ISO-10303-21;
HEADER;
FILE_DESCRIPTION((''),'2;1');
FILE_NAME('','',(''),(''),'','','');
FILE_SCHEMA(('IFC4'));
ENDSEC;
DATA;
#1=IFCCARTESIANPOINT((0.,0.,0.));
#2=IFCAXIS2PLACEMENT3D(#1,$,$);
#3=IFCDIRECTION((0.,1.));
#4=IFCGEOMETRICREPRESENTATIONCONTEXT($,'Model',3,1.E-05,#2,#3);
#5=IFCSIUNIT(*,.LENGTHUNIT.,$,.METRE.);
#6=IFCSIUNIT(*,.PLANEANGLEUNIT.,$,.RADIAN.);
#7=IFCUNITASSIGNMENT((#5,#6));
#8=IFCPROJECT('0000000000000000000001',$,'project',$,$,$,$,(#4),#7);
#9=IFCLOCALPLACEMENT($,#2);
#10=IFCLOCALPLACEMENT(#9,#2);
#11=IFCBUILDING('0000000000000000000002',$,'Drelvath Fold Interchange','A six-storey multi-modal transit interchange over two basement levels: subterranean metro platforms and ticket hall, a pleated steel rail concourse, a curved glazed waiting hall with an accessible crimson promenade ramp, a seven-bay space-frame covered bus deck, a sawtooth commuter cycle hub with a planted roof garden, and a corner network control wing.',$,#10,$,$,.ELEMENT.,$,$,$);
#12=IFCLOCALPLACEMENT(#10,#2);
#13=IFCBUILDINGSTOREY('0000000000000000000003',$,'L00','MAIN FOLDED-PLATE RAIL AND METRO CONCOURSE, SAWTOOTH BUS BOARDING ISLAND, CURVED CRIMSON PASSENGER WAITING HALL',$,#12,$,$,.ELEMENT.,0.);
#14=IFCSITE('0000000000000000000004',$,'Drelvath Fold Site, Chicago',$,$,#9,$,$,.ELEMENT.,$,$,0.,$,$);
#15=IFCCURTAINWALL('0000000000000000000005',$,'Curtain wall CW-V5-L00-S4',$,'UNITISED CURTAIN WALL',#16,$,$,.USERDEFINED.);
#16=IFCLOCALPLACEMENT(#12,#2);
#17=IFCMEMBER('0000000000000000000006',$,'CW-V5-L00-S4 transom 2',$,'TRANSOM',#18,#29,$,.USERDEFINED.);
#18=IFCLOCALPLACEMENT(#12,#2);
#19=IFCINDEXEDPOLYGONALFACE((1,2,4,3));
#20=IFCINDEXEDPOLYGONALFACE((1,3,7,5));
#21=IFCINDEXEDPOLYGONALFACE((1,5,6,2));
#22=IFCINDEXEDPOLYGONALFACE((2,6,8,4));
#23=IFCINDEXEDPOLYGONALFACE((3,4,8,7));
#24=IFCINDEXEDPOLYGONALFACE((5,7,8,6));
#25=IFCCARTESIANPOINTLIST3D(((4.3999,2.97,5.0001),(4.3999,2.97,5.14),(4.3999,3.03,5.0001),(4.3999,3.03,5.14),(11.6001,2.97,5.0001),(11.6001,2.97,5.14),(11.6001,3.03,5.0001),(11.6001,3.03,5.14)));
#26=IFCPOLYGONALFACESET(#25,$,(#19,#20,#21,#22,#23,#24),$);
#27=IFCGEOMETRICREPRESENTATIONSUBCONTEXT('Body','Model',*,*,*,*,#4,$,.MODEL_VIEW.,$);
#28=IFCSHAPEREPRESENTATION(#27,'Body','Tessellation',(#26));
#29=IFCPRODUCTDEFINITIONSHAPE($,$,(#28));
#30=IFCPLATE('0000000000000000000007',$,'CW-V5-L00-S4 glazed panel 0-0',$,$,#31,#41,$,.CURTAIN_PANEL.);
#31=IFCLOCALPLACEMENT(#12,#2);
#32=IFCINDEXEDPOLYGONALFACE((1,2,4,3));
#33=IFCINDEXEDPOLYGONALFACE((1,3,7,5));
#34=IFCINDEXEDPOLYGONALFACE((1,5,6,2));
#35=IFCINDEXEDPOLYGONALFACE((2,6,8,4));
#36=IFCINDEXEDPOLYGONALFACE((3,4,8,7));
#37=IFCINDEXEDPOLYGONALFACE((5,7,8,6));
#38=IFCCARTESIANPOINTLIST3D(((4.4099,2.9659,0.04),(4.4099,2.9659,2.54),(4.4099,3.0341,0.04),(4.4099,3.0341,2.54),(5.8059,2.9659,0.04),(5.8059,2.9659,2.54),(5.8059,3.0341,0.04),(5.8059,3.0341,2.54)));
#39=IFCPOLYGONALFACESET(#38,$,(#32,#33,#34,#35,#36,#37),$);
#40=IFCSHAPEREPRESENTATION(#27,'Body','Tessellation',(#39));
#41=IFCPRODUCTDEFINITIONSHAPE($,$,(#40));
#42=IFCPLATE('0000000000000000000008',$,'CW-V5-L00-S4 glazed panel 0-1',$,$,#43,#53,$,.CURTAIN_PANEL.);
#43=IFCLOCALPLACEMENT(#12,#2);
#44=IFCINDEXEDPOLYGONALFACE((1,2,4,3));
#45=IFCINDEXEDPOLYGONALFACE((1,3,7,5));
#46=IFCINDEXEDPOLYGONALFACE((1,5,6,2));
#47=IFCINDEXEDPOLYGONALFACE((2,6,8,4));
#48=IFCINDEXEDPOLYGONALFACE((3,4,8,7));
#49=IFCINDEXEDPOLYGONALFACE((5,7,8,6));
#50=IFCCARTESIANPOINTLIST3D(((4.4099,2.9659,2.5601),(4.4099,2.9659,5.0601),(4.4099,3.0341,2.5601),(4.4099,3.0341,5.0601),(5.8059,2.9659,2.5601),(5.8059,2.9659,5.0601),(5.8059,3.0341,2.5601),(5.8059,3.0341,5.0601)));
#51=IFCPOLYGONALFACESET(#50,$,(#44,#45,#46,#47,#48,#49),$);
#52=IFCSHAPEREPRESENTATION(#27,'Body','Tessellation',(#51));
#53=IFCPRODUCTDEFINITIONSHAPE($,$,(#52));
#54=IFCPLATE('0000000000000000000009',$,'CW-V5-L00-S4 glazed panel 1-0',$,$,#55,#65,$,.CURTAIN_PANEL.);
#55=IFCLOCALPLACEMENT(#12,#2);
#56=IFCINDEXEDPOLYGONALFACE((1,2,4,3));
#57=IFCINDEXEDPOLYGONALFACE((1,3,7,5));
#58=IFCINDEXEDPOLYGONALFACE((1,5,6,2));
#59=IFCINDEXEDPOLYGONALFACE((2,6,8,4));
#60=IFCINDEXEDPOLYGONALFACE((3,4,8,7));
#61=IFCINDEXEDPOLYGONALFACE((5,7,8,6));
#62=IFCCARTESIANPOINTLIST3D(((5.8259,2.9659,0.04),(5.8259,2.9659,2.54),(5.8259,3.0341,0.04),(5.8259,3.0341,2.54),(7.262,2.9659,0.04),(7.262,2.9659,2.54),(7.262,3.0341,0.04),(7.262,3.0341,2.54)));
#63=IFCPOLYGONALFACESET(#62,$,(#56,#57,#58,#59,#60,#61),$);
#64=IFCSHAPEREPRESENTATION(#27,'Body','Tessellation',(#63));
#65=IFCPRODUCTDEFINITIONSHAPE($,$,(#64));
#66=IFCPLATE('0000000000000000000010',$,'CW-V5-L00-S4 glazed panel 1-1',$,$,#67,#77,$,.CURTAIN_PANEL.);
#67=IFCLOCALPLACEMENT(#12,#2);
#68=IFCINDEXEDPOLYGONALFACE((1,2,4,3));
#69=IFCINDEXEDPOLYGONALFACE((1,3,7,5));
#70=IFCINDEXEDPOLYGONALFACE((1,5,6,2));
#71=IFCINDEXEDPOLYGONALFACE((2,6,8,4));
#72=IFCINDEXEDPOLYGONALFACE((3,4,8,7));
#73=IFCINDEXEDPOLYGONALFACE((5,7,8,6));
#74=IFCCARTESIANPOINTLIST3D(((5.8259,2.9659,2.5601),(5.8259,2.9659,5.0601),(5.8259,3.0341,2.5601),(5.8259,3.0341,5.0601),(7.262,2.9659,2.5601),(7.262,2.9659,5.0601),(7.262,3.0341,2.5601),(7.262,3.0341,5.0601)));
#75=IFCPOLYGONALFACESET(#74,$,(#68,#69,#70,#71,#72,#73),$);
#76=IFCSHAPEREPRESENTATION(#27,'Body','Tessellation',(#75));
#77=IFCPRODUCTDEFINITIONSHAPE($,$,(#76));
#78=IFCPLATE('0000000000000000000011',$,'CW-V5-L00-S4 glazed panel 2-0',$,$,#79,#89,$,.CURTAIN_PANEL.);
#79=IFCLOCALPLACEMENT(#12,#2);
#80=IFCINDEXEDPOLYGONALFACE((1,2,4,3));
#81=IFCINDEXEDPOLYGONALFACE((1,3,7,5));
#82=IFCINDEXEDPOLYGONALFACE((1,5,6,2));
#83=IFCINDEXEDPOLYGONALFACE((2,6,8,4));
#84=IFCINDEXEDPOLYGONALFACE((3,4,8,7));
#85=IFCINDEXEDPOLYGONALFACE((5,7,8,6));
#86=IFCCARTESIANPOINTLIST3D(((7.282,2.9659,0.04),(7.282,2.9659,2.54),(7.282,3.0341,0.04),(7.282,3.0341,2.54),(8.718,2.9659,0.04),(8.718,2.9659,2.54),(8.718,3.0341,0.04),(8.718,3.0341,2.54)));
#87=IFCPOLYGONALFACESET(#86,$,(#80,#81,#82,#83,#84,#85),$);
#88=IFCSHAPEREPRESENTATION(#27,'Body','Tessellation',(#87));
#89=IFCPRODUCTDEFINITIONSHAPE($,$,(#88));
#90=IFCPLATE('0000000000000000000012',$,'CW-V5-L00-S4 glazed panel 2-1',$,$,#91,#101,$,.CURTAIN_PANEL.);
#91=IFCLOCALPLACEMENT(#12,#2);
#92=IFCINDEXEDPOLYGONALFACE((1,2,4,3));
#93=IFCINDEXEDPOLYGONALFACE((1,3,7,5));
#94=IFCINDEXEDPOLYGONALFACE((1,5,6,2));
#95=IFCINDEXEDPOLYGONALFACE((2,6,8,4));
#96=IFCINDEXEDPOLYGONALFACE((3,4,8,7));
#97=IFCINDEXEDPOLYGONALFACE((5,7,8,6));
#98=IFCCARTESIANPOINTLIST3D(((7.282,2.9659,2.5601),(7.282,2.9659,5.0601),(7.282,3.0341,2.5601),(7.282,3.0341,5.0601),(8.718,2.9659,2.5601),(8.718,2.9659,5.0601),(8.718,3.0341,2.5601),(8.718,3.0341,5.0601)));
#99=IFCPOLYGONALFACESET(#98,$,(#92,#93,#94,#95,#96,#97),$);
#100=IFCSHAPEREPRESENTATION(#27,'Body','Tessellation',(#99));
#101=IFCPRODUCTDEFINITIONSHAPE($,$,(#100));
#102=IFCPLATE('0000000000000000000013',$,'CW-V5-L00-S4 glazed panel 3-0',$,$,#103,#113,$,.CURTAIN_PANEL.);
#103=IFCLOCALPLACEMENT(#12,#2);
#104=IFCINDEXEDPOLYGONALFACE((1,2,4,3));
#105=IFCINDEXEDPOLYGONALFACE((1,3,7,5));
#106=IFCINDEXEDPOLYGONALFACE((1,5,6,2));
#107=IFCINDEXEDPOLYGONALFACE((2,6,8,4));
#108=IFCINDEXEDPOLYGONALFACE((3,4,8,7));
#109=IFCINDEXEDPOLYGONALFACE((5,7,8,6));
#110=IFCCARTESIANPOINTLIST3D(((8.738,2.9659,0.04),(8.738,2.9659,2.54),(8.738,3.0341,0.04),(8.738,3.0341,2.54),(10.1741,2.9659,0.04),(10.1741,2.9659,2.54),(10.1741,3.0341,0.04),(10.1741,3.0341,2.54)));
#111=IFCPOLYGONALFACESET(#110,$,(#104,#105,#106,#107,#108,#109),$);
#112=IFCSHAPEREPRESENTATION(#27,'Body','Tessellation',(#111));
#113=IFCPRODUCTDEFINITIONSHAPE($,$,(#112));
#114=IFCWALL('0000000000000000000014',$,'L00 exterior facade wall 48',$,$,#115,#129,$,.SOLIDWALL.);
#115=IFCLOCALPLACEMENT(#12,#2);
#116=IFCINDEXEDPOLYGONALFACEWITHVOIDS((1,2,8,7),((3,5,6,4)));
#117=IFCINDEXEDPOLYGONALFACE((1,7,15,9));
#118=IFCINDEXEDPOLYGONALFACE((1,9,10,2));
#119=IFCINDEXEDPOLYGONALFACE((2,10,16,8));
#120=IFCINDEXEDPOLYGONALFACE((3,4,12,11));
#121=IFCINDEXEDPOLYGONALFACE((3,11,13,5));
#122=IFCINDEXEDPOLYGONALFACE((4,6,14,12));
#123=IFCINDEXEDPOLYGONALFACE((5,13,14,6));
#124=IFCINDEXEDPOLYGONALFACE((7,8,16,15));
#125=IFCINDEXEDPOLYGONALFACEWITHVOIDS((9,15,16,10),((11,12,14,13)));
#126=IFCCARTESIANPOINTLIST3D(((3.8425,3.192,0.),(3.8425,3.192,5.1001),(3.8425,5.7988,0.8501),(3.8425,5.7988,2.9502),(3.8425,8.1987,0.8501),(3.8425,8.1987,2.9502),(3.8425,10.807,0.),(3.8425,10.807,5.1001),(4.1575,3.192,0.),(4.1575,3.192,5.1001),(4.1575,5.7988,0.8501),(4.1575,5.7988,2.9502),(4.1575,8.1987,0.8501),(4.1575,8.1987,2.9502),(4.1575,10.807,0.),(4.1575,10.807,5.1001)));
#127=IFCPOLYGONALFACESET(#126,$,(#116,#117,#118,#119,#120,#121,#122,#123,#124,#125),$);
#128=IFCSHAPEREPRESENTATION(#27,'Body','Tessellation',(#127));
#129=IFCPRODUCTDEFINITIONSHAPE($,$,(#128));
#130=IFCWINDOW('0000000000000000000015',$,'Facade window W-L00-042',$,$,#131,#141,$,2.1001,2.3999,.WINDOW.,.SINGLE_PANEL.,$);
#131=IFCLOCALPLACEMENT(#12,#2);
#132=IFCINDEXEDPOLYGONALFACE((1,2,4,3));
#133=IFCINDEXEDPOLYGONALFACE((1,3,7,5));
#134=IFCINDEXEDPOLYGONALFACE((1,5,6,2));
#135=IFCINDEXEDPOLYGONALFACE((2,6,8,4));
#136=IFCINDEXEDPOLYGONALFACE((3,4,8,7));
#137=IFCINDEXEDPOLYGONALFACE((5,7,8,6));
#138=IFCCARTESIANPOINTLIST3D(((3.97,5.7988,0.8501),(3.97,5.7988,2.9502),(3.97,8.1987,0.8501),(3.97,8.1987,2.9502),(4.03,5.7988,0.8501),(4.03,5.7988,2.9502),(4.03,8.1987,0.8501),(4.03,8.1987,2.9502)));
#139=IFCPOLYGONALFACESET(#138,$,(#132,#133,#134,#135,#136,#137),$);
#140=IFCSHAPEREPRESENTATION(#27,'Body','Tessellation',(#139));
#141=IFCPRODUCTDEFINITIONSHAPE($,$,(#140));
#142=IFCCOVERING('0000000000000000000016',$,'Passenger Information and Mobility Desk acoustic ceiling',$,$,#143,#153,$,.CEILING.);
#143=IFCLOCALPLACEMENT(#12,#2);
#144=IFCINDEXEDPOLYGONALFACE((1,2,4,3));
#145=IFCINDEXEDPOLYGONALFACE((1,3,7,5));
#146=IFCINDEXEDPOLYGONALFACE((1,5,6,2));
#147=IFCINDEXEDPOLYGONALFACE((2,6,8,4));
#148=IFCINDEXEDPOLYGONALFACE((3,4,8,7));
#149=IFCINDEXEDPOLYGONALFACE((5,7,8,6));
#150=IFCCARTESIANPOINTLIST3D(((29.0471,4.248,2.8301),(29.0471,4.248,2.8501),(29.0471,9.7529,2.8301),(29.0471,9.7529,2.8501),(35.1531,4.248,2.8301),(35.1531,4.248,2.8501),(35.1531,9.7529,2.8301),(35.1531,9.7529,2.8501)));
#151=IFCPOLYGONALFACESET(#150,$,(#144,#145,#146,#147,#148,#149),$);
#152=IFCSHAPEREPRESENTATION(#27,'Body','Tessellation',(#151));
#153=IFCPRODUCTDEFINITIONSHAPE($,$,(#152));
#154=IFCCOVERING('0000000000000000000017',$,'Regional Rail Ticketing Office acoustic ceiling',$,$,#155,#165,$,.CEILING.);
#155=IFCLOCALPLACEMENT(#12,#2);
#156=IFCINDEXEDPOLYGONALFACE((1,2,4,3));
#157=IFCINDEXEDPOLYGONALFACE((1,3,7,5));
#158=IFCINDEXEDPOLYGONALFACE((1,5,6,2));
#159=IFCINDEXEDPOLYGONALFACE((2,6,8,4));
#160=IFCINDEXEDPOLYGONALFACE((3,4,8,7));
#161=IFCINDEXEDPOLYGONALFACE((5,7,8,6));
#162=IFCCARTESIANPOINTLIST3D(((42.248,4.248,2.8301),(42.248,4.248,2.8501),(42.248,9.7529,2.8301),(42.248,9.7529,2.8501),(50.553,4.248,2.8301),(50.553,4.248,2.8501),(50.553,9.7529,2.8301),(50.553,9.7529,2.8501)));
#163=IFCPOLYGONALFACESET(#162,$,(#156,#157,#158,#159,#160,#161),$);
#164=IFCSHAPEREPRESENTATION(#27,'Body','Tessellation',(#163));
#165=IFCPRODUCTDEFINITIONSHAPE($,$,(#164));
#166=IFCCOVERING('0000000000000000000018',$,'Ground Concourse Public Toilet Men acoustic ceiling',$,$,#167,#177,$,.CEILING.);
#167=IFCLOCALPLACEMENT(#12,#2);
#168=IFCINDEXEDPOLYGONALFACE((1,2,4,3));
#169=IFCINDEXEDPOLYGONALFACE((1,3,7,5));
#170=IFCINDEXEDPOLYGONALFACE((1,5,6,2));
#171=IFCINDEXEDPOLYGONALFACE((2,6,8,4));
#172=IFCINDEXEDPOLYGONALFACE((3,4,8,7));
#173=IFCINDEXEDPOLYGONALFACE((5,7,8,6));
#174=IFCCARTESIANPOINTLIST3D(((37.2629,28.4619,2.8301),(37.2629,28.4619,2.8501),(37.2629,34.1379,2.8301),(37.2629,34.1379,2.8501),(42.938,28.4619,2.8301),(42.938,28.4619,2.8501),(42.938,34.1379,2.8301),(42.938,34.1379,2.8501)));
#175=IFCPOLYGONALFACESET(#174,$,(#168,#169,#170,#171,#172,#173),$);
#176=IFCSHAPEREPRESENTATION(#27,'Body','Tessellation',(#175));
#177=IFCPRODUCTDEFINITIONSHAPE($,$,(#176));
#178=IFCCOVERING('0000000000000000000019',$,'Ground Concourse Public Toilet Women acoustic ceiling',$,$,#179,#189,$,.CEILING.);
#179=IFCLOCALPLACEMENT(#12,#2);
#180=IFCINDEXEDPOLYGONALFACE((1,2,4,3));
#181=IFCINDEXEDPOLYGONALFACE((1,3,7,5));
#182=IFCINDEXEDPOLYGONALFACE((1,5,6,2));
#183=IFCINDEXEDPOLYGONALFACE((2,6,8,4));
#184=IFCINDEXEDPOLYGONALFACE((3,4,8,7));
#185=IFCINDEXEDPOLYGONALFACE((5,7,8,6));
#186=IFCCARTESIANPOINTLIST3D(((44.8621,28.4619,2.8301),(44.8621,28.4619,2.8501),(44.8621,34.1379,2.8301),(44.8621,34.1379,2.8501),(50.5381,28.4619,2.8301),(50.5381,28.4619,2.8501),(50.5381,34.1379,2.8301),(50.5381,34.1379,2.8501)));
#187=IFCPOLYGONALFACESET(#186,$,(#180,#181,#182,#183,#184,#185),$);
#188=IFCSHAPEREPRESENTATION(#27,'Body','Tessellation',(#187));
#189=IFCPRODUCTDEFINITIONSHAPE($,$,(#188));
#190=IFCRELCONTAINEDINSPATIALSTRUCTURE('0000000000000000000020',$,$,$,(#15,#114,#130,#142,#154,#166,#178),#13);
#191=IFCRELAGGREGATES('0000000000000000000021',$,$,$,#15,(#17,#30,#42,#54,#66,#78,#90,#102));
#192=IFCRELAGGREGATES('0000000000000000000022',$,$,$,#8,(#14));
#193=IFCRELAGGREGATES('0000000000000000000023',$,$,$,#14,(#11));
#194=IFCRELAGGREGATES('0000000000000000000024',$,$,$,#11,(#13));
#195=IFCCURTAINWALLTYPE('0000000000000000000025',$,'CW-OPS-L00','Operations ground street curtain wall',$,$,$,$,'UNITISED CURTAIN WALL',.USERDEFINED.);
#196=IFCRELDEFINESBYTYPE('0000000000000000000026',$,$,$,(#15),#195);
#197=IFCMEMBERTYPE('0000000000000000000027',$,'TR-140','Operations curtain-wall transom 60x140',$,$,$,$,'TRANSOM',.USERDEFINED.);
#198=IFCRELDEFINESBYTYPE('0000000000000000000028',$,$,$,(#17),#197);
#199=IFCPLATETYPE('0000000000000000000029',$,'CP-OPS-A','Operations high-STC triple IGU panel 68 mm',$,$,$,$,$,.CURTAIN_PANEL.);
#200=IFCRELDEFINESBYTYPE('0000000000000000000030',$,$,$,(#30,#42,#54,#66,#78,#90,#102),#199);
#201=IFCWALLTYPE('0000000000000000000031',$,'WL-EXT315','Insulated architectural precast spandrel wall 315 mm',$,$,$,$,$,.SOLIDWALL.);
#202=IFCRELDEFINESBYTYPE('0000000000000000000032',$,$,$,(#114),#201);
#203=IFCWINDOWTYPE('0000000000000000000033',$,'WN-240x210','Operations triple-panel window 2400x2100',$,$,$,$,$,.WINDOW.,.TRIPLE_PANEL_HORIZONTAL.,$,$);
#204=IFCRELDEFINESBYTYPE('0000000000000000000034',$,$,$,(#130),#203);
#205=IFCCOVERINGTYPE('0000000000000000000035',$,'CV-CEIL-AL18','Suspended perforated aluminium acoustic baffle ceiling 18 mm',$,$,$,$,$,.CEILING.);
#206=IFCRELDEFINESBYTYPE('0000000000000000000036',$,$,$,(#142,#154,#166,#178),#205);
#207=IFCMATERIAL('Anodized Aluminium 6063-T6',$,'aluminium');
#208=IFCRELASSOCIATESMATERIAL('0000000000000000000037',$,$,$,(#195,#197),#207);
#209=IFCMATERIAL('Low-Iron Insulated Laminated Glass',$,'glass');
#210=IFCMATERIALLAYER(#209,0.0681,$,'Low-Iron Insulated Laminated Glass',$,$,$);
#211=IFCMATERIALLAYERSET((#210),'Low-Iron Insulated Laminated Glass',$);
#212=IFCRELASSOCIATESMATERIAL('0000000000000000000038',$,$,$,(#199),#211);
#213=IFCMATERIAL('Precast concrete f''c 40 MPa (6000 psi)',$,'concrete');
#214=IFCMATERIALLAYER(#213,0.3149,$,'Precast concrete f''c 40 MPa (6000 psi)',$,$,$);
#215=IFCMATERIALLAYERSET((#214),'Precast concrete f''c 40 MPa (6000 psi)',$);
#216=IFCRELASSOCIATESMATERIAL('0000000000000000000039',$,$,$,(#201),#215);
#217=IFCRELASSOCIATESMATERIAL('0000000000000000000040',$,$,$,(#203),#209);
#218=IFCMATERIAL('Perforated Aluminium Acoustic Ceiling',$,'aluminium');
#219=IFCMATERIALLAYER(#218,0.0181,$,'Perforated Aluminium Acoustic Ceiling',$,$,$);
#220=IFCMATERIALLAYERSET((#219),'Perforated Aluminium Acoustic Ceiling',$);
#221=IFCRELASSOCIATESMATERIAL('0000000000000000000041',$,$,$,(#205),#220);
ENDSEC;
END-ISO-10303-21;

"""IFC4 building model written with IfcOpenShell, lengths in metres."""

from ifc_helpers import new_model, si_unit, direction, frame, frame_2d, origin, origin_2d, place, context, subcontext, project, spatial, polyline, rectangle, outline, extrude, material, layer, layer_set, material_profile, profile_set, type_object, element, fill, aggregate, save


model = new_model("IFC4")

# Units and contexts
model_context = context("Model", 3, precision=1e-05, world=origin(), true_north=direction((0.0, 1.0)))
body_context = subcontext(model_context, "Body", "Model", "MODEL_VIEW")
ifc_project = project(units=[si_unit("LENGTHUNIT", "METRE"), si_unit("PLANEANGLEUNIT", "RADIAN")], contexts=[model_context])

# Site, building, storey
site_placement = place(None, origin())
site = spatial("IfcSite", under=ifc_project, at=site_placement, Name="Drelvath Fold Site, Chicago", CompositionType="ELEMENT", RefElevation=0.0)
building_placement = place(site_placement, origin())
building = spatial("IfcBuilding", under=site, at=building_placement, Name="Drelvath Fold Interchange", Description="A six-storey multi-modal transit interchange over two basement levels: subterranean metro platforms and ticket hall, a pleated steel rail concourse, a curved glazed waiting hall with an accessible crimson promenade ramp, a seven-bay space-frame covered bus deck, a sawtooth commuter cycle hub with a planted roof garden, and a corner network control wing.", CompositionType="ELEMENT")
storey_placement = place(building_placement, origin())
storey = spatial("IfcBuildingStorey", under=building, at=storey_placement, Name="L00", Description="MAIN FOLDED-PLATE RAIL AND METRO CONCOURSE, SAWTOOTH BUS BOARDING ISLAND, CURVED CRIMSON PASSENGER WAITING HALL", CompositionType="ELEMENT", Elevation=0.0)

# Curtain wall, member, plates
ifc_material_1 = material(Name="Anodized Aluminium 6063-T6", Category="aluminium")
curtain_wall_type = type_object("IfcCurtainWallType", Name="CW-OPS-L00", Description="Operations ground street curtain wall", ElementType="UNITISED CURTAIN WALL", PredefinedType="USERDEFINED", material=ifc_material_1)
curtain_wall_placement = place(storey_placement, origin())
curtain_wall = element("IfcCurtainWall", 1, at=curtain_wall_placement, inside=storey, type_object=curtain_wall_type, Name="Curtain wall CW-V5-L00-S4", ObjectType="UNITISED CURTAIN WALL", PredefinedType="USERDEFINED")
ifc_material_profile_1 = material_profile(ifc_material_1, rectangle(XDim=0.0601, YDim=0.1399, at=origin_2d()), Name="AL-T 60x140")
ifc_profile_set_1 = profile_set([ifc_material_profile_1], Name="Anodized Aluminium 6063-T6")
member_type_1 = type_object("IfcMemberType", Name="TR-140", Description="Operations curtain-wall transom 60x140", ElementType="TRANSOM", PredefinedType="USERDEFINED", material=ifc_profile_set_1)
member_1_placement = place(storey_placement, frame((4.3999, 3.0, 5.0701), z_axis=(1.0, 0.0, 0.0), x_axis=(0.0, 1.0, 0.0)))
member_1 = element("IfcMember", 2, at=member_1_placement, type_object=member_type_1, Name="CW-V5-L00-S4 transom 2", ObjectType="TRANSOM", PredefinedType="USERDEFINED", context=body_context, shape_type="SweptSolid", body=[
    extrude(rectangle(XDim=0.0601, YDim=0.1399, at=origin_2d()), origin(), (0.0, 0.0, 1.0), 7.2002),
])
ifc_material_2 = material(Name="Low-Iron Insulated Laminated Glass", Category="glass")
ifc_layer_1 = layer(ifc_material_2, 0.0681, Name="Low-Iron Insulated Laminated Glass")
ifc_layer_set_1 = layer_set([ifc_layer_1], Name="Low-Iron Insulated Laminated Glass")
plate_type = type_object("IfcPlateType", Name="CP-OPS-A", Description="Operations high-STC triple IGU panel 68 mm", PredefinedType="CURTAIN_PANEL", material=ifc_layer_set_1)
plate_1_placement = place(storey_placement, frame((5.1079, 3.0, 0.04), z_axis=(0.0, 0.0, 1.0), x_axis=(1.0, 0.0, 0.0)))
plate_1 = element("IfcPlate", 3, at=plate_1_placement, type_object=plate_type, Name="CW-V5-L00-S4 glazed panel 0-0", PredefinedType="CURTAIN_PANEL", context=body_context, shape_type="SweptSolid", body=[
    extrude(rectangle(XDim=1.396, YDim=0.0681, at=origin_2d()), origin(), (0.0, 0.0, 1.0), 2.5),
])
plate_2_placement = place(storey_placement, frame((5.1079, 3.0, 2.5601), z_axis=(0.0, 0.0, 1.0), x_axis=(1.0, 0.0, 0.0)))
plate_2 = element("IfcPlate", 4, at=plate_2_placement, type_object=plate_type, Name="CW-V5-L00-S4 glazed panel 0-1", PredefinedType="CURTAIN_PANEL", context=body_context, shape_type="SweptSolid", body=[
    extrude(rectangle(XDim=1.396, YDim=0.0681, at=origin_2d()), origin(), (0.0, 0.0, 1.0), 2.5),
])
plate_3_placement = place(storey_placement, frame((6.5439, 3.0, 0.04), z_axis=(0.0, 0.0, 1.0), x_axis=(1.0, 0.0, 0.0)))
plate_3 = element("IfcPlate", 5, at=plate_3_placement, type_object=plate_type, Name="CW-V5-L00-S4 glazed panel 1-0", PredefinedType="CURTAIN_PANEL", context=body_context, shape_type="SweptSolid", body=[
    extrude(rectangle(XDim=1.436, YDim=0.0681, at=origin_2d()), origin(), (0.0, 0.0, 1.0), 2.5),
])
plate_4_placement = place(storey_placement, frame((6.5439, 3.0, 2.5601), z_axis=(0.0, 0.0, 1.0), x_axis=(1.0, 0.0, 0.0)))
plate_4 = element("IfcPlate", 6, at=plate_4_placement, type_object=plate_type, Name="CW-V5-L00-S4 glazed panel 1-1", PredefinedType="CURTAIN_PANEL", context=body_context, shape_type="SweptSolid", body=[
    extrude(rectangle(XDim=1.436, YDim=0.0681, at=origin_2d()), origin(), (0.0, 0.0, 1.0), 2.5),
])
plate_5_placement = place(storey_placement, frame((8.0, 3.0, 0.04), z_axis=(0.0, 0.0, 1.0), x_axis=(1.0, 0.0, 0.0)))
plate_5 = element("IfcPlate", 7, at=plate_5_placement, type_object=plate_type, Name="CW-V5-L00-S4 glazed panel 2-0", PredefinedType="CURTAIN_PANEL", context=body_context, shape_type="SweptSolid", body=[
    extrude(rectangle(XDim=1.436, YDim=0.0681, at=origin_2d()), origin(), (0.0, 0.0, 1.0), 2.5),
])
plate_6_placement = place(storey_placement, frame((8.0, 3.0, 2.5601), z_axis=(0.0, 0.0, 1.0), x_axis=(1.0, 0.0, 0.0)))
plate_6 = element("IfcPlate", 8, at=plate_6_placement, type_object=plate_type, Name="CW-V5-L00-S4 glazed panel 2-1", PredefinedType="CURTAIN_PANEL", context=body_context, shape_type="SweptSolid", body=[
    extrude(rectangle(XDim=1.436, YDim=0.0681, at=origin_2d()), origin(), (0.0, 0.0, 1.0), 2.5),
])
plate_7_placement = place(storey_placement, frame((9.4561, 3.0, 0.04), z_axis=(0.0, 0.0, 1.0), x_axis=(1.0, 0.0, 0.0)))
plate_7 = element("IfcPlate", 9, at=plate_7_placement, type_object=plate_type, Name="CW-V5-L00-S4 glazed panel 3-0", PredefinedType="CURTAIN_PANEL", context=body_context, shape_type="SweptSolid", body=[
    extrude(rectangle(XDim=1.436, YDim=0.0681, at=origin_2d()), origin(), (0.0, 0.0, 1.0), 2.5),
])
aggregate(curtain_wall, [member_1, plate_1, plate_2, plate_3, plate_4, plate_5, plate_6, plate_7])

# Wall, opening, window
ifc_material_3 = material(Name="Precast concrete f'c 40 MPa (6000 psi)", Category="concrete")
ifc_layer_2 = layer(ifc_material_3, 0.3149, Name="Precast concrete f'c 40 MPa (6000 psi)")
ifc_layer_set_2 = layer_set([ifc_layer_2], Name="Precast concrete f'c 40 MPa (6000 psi)")
wall_type = type_object("IfcWallType", Name="WL-EXT315", Description="Insulated architectural precast spandrel wall 315 mm", PredefinedType="SOLIDWALL", material=ifc_layer_set_2)
wall_placement = place(storey_placement, frame((4.0, 3.1919, 0.0), z_axis=(0.0, 0.0, 1.0), x_axis=(0.0, 1.0, 0.0)))
wall = element("IfcWall", 10, at=wall_placement, inside=storey, type_object=wall_type, Name="L00 exterior facade wall 48", PredefinedType="SOLIDWALL", context=body_context, shape_type="SweptSolid", body=[
    extrude(rectangle(XDim=7.615, YDim=0.3149, at=frame_2d((3.8076, 0.0))), origin(), (0.0, 0.0, 1.0), 5.1001),
])
opening_placement = place(wall_placement, frame((2.6069, 0.0, 0.8501)))
opening = element("IfcOpeningElement", 11, at=opening_placement, cuts=wall, PredefinedType="OPENING", context=body_context, shape_type="SweptSolid", body=[
    extrude(rectangle(XDim=2.3999, YDim=2.1001, at=frame_2d((1.2, 1.05))), frame((0.0, 0.1675, 0.0), z_axis=(0.0, -1.0, 0.0), x_axis=(1.0, 0.0, 0.0)), (0.0, 0.0, 1.0), 0.335),
])
window_type = type_object("IfcWindowType", Name="WN-240x210", Description="Operations triple-panel window 2400x2100", PartitioningType="TRIPLE_PANEL_HORIZONTAL", PredefinedType="WINDOW", material=ifc_material_2)
window_placement = place(opening_placement, origin())
window = element("IfcWindow", 12, at=window_placement, inside=storey, type_object=window_type, Name="Facade window W-L00-042", OverallHeight=2.1001, OverallWidth=2.3999, PartitioningType="SINGLE_PANEL", PredefinedType="WINDOW", context=body_context, shape_type="SweptSolid", body=[
    extrude(rectangle(XDim=2.3999, YDim=2.1001, at=frame_2d((1.2, 1.05))), frame((0.0, 0.03, 0.0), z_axis=(0.0, -1.0, 0.0), x_axis=(1.0, 0.0, 0.0)), (0.0, 0.0, 1.0), 0.0601),
])
fill(opening, window)

# Coverings
ifc_material_4 = material(Name="Perforated Aluminium Acoustic Ceiling", Category="aluminium")
ifc_layer_3 = layer(ifc_material_4, 0.0181, Name="Perforated Aluminium Acoustic Ceiling")
ifc_layer_set_3 = layer_set([ifc_layer_3], Name="Perforated Aluminium Acoustic Ceiling")
covering_type_1 = type_object("IfcCoveringType", Name="CV-CEIL-AL18", Description="Suspended perforated aluminium acoustic baffle ceiling 18 mm", PredefinedType="CEILING", material=ifc_layer_set_3)
covering_1_placement = place(storey_placement, frame((0.0, 0.0, 2.8301)))
element("IfcCovering", 13, at=covering_1_placement, inside=storey, type_object=covering_type_1, Name="Passenger Information and Mobility Desk acoustic ceiling", PredefinedType="CEILING", context=body_context, shape_type="SweptSolid", body=[
    extrude(outline(polyline([(29.0471, 4.248), (35.1531, 4.248), (35.1531, 9.7529), (29.0471, 9.7529), (29.0471, 4.248)])), origin(), (0.0, 0.0, 1.0), 0.02),
])
covering_2_placement = place(storey_placement, frame((0.0, 0.0, 2.8301)))
element("IfcCovering", 14, at=covering_2_placement, inside=storey, type_object=covering_type_1, Name="Regional Rail Ticketing Office acoustic ceiling", PredefinedType="CEILING", context=body_context, shape_type="SweptSolid", body=[
    extrude(outline(polyline([(42.248, 4.248), (50.553, 4.248), (50.553, 9.7529), (42.248, 9.7529), (42.248, 4.248)])), origin(), (0.0, 0.0, 1.0), 0.02),
])
covering_3_placement = place(storey_placement, frame((0.0, 0.0, 2.8301)))
element("IfcCovering", 15, at=covering_3_placement, inside=storey, type_object=covering_type_1, Name="Ground Concourse Public Toilet Men acoustic ceiling", PredefinedType="CEILING", context=body_context, shape_type="SweptSolid", body=[
    extrude(outline(polyline([(37.2629, 28.4619), (42.938, 28.4619), (42.938, 34.1379), (37.2629, 34.1379), (37.2629, 28.4619)])), origin(), (0.0, 0.0, 1.0), 0.02),
])
covering_4_placement = place(storey_placement, frame((0.0, 0.0, 2.8301)))
element("IfcCovering", 16, at=covering_4_placement, inside=storey, type_object=covering_type_1, Name="Ground Concourse Public Toilet Women acoustic ceiling", PredefinedType="CEILING", context=body_context, shape_type="SweptSolid", body=[
    extrude(outline(polyline([(44.8621, 28.4619), (50.5381, 28.4619), (50.5381, 34.1379), (44.8621, 34.1379), (44.8621, 28.4619)])), origin(), (0.0, 0.0, 1.0), 0.02),
])

save(model, "model.ifc")
